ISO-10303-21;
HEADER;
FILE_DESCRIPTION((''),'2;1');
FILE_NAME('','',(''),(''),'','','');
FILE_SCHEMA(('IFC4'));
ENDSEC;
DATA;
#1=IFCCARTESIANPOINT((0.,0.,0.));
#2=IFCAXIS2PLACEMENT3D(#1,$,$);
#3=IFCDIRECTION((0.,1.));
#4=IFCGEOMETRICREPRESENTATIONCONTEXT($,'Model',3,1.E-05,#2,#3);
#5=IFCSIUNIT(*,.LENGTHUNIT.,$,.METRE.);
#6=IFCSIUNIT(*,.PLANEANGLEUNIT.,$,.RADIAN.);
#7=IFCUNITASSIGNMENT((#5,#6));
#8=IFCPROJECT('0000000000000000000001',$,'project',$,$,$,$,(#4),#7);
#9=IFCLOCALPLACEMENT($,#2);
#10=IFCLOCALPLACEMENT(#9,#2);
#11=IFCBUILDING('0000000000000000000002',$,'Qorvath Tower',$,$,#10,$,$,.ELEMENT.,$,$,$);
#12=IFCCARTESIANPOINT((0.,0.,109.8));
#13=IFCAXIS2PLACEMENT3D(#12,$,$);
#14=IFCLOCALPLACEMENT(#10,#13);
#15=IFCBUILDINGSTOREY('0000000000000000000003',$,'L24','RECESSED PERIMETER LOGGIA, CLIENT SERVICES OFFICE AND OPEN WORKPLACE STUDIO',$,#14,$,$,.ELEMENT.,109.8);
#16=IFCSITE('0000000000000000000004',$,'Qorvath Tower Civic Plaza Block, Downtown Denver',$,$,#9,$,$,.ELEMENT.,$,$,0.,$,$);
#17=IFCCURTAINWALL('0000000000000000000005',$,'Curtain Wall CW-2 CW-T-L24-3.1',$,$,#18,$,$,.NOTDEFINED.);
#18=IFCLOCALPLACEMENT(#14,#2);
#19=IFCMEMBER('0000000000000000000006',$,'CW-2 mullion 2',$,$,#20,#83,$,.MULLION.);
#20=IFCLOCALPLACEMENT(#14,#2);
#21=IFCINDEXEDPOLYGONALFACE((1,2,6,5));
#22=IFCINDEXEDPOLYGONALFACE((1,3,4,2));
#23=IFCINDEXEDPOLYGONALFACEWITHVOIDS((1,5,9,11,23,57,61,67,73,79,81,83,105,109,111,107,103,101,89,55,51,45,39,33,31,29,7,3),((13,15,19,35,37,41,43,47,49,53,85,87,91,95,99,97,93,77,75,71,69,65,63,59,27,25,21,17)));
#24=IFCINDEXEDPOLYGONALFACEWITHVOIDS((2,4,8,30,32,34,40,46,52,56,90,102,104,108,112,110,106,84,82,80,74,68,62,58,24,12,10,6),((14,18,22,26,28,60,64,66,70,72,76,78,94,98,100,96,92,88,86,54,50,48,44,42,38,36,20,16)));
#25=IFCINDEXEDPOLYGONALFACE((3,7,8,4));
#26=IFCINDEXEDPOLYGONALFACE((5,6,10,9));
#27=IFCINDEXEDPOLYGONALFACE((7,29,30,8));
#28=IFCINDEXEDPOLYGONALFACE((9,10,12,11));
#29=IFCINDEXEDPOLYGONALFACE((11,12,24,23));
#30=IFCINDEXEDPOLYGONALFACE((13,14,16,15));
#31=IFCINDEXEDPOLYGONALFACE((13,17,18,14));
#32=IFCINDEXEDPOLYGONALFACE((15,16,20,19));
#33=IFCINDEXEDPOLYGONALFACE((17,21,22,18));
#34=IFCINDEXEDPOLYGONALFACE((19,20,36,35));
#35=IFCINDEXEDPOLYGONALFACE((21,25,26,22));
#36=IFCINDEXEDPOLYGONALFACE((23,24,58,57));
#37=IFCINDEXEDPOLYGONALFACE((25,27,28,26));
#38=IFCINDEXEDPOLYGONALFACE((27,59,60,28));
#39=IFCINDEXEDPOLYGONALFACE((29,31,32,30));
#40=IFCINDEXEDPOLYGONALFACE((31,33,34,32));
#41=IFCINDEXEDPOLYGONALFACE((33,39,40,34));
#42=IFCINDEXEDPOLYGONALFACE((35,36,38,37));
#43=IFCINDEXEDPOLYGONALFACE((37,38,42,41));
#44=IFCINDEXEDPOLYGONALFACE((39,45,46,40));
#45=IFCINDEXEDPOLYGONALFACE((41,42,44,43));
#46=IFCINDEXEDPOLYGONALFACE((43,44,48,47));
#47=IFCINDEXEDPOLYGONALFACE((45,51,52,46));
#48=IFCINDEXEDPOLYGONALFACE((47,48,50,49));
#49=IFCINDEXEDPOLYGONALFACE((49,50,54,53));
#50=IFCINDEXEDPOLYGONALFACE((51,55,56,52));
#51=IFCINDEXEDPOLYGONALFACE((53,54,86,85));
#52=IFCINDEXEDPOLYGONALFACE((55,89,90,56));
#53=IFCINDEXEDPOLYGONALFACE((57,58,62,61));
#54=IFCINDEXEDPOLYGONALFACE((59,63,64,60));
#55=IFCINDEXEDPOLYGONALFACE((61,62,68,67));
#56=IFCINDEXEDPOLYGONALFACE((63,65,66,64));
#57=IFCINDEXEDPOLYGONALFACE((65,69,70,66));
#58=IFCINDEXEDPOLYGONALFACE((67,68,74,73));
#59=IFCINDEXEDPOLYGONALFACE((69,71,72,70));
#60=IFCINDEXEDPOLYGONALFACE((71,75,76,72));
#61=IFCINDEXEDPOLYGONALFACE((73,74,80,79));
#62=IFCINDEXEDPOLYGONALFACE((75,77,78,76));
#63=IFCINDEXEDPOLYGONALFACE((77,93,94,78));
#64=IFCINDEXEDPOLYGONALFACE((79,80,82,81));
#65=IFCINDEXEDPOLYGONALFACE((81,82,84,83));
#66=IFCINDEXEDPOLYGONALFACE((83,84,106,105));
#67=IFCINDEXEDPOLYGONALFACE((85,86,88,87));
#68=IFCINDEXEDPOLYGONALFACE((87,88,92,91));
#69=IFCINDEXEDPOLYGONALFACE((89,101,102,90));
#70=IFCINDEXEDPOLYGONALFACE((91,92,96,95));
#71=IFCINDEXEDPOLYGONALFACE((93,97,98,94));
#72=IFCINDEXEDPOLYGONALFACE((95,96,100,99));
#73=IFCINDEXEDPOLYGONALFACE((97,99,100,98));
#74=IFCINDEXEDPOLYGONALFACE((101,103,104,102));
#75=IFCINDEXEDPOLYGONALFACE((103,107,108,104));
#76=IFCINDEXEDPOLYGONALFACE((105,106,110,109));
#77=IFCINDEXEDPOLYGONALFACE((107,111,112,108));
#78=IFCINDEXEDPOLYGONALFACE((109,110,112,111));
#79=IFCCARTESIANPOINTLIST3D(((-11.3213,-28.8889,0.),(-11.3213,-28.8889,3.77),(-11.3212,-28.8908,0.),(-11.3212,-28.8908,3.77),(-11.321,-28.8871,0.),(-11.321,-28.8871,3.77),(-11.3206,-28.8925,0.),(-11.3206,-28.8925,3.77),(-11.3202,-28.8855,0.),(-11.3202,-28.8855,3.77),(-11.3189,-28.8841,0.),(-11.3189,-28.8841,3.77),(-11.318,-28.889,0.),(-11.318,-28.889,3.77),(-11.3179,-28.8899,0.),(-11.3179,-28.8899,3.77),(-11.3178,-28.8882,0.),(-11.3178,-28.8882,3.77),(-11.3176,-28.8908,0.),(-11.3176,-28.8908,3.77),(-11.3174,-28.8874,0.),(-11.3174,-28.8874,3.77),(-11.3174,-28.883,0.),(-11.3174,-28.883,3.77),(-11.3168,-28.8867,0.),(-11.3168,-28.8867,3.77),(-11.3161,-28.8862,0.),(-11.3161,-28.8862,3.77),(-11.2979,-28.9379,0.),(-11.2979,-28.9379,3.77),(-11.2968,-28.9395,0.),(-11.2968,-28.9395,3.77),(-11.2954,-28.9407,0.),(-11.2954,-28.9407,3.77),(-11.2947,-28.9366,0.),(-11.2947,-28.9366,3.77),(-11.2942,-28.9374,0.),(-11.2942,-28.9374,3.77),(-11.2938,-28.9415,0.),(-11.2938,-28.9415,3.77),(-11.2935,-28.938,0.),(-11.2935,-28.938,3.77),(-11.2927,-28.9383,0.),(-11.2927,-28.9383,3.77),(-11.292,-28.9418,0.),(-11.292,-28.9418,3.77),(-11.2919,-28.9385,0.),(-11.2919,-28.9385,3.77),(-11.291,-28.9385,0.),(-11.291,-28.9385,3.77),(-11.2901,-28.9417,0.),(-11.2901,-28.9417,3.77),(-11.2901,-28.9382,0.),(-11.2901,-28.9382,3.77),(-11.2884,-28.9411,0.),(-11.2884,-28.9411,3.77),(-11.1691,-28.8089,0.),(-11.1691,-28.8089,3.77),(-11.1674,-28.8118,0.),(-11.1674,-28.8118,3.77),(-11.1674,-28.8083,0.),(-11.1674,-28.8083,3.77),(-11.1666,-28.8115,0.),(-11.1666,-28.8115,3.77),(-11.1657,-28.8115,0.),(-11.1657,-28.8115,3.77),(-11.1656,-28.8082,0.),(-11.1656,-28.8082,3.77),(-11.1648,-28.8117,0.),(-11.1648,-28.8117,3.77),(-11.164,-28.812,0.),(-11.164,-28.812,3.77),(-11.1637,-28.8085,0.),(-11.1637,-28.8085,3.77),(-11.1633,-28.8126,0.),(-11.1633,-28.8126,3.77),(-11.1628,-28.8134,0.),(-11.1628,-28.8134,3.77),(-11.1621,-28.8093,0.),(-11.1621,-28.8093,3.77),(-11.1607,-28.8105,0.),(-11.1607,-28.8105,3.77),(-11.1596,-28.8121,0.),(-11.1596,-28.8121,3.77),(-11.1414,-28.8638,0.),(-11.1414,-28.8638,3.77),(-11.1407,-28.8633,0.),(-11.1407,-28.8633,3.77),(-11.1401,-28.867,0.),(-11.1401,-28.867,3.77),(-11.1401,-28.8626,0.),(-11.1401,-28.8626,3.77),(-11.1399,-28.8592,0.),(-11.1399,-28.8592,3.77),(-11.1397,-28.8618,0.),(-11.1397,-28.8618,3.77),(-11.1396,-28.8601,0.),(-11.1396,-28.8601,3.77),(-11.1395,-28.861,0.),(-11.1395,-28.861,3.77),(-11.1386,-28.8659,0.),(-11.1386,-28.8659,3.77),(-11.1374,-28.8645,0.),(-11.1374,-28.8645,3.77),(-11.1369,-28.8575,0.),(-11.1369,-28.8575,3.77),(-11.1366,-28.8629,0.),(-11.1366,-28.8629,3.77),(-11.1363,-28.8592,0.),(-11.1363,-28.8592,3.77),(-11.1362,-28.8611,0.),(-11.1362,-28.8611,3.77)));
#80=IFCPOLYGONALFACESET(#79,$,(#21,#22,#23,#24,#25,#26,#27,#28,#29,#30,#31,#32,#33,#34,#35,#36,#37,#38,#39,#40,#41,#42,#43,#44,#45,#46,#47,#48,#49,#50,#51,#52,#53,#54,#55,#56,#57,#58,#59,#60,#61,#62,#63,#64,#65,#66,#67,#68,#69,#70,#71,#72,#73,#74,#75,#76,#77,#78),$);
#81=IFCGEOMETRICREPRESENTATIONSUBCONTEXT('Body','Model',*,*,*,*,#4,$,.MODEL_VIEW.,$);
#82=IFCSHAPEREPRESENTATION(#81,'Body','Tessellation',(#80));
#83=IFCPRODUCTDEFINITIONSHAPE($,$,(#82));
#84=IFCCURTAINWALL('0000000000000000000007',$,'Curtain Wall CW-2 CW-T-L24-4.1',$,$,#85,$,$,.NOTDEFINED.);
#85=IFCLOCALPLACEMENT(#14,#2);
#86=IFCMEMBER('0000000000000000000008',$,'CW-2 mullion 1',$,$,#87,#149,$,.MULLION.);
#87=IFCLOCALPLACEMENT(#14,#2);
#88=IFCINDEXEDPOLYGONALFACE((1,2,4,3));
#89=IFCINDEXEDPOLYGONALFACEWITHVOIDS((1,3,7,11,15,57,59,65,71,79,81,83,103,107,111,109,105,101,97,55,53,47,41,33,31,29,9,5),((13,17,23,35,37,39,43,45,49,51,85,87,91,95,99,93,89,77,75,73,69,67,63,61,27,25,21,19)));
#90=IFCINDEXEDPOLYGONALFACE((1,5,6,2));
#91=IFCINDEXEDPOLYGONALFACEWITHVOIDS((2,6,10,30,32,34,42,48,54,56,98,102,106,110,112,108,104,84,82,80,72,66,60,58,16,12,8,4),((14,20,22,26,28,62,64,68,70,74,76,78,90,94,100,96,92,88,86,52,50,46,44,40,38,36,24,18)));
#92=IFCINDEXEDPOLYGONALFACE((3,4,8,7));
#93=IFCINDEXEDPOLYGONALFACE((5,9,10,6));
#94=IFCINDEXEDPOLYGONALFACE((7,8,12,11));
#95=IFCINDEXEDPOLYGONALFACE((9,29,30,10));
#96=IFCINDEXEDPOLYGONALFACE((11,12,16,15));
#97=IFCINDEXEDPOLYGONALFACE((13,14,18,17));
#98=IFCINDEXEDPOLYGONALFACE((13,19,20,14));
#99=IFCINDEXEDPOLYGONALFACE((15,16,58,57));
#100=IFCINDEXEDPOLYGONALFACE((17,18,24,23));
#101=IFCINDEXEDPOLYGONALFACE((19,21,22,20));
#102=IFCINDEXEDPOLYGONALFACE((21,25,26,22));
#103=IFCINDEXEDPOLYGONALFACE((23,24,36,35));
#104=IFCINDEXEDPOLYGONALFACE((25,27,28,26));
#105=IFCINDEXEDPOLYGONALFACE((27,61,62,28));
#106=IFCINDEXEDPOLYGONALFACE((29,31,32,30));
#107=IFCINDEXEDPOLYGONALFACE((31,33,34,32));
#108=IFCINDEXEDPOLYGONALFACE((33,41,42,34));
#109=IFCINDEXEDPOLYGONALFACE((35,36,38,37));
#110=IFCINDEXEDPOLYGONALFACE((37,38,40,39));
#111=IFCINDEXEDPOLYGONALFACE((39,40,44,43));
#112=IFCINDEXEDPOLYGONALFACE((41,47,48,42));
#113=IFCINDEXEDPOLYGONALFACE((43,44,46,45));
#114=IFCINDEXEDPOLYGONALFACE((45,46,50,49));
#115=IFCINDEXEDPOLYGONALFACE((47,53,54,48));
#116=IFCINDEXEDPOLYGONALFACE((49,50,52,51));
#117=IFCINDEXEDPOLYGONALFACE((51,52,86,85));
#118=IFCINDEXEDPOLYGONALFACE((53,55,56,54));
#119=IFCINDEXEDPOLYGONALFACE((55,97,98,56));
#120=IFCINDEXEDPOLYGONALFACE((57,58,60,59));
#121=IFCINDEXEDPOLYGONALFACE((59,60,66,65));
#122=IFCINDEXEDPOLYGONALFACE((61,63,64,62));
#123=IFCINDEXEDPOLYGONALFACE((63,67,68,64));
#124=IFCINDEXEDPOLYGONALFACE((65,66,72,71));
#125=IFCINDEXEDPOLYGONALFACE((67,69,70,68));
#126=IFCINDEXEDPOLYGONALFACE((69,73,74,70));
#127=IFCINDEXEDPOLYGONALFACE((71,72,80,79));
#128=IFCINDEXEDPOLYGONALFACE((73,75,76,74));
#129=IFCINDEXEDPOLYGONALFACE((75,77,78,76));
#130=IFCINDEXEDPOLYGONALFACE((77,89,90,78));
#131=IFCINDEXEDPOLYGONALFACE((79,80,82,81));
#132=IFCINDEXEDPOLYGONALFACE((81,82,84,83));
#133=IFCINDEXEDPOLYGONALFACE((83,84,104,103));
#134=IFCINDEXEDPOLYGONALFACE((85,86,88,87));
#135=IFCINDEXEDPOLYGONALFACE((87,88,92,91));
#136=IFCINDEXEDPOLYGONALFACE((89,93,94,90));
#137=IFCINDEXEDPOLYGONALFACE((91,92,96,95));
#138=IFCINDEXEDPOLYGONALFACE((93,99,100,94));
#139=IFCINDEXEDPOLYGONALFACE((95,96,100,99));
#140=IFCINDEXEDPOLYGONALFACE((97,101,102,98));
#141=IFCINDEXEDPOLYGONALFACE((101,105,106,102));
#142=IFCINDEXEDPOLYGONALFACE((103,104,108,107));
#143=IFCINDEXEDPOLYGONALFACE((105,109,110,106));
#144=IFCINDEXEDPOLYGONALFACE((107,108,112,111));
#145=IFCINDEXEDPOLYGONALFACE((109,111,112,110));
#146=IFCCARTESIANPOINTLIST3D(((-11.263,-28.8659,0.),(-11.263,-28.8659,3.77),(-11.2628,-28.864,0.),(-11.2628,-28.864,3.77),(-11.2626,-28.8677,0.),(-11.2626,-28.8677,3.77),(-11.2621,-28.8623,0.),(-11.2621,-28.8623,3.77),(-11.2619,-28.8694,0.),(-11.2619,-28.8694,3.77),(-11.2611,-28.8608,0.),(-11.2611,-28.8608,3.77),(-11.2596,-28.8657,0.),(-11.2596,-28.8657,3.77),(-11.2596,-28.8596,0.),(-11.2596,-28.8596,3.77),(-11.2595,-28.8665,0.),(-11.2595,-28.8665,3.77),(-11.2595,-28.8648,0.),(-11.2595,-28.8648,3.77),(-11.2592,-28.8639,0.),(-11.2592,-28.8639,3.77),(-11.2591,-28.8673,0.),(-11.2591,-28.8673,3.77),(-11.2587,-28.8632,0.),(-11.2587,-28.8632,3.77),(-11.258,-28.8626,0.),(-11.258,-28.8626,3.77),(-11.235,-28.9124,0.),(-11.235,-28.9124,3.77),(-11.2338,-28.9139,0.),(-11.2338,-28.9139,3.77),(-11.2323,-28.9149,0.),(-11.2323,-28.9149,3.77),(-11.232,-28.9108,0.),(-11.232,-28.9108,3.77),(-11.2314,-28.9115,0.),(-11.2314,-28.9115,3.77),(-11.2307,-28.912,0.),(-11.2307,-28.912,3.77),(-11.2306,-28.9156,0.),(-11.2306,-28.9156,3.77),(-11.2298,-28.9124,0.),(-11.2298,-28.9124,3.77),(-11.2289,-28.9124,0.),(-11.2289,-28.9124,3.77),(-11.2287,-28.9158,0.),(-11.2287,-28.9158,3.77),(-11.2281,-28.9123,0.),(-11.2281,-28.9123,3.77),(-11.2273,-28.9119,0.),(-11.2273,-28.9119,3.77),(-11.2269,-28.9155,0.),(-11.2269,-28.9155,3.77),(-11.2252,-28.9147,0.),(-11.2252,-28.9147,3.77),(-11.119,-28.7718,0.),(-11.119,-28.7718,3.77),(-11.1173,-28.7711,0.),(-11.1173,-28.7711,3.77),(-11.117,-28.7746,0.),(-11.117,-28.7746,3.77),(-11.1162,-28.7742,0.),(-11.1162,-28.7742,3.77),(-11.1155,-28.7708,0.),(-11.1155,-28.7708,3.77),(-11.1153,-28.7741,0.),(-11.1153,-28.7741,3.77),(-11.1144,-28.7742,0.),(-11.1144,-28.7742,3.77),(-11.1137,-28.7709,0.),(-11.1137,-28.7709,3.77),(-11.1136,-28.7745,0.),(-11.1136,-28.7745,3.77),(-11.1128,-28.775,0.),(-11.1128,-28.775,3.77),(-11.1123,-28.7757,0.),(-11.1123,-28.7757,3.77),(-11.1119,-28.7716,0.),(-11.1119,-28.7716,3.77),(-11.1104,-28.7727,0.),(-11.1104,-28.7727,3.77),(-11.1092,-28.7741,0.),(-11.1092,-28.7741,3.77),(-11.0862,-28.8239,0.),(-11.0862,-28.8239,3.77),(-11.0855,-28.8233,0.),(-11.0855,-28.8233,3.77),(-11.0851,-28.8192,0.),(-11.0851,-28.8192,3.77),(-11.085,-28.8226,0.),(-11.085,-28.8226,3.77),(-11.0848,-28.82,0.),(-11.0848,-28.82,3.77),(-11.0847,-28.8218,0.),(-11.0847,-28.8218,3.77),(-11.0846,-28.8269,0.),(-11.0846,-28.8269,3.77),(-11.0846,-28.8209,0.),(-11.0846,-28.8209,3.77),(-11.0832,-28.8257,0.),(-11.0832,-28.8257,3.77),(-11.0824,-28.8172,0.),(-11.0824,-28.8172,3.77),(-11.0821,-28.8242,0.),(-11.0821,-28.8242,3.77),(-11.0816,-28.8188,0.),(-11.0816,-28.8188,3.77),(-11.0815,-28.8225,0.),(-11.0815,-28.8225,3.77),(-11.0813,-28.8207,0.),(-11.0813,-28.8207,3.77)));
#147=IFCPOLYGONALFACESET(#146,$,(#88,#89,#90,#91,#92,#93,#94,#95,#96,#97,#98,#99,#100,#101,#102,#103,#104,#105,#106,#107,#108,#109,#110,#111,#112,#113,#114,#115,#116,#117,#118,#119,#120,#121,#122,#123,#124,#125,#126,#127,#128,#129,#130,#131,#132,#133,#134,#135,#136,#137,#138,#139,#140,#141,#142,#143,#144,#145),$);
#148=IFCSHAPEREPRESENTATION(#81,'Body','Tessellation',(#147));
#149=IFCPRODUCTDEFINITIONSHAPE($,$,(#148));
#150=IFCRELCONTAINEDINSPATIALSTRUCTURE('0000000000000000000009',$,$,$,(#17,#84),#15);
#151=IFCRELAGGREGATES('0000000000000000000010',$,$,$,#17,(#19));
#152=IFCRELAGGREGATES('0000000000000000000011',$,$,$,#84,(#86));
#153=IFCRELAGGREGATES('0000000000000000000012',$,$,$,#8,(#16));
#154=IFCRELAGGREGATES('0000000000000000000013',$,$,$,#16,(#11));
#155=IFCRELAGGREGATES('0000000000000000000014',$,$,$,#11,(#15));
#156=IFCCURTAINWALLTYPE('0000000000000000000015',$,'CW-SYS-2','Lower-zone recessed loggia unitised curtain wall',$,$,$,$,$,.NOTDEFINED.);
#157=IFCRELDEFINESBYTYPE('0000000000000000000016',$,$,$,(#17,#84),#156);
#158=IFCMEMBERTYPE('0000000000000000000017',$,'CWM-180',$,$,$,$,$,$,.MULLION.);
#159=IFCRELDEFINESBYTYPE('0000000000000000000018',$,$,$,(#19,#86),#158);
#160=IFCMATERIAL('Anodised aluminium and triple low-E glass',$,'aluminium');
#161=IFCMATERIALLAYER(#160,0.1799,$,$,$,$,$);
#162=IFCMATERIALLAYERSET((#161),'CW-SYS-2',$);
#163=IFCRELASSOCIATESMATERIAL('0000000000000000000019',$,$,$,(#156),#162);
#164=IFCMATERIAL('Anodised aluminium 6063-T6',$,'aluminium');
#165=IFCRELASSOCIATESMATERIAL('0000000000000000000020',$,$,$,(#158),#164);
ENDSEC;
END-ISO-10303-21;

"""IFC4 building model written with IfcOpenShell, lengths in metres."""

from ifc_helpers import new_model, si_unit, direction, frame, origin, origin_2d, place, context, subcontext, project, spatial, hollow_rectangle, extrude, material, layer, layer_set, material_profile, profile_set, type_object, element, aggregate, save


model = new_model("IFC4")

# Units and contexts
model_context = context("Model", 3, precision=1e-05, world=origin(), true_north=direction((0.0, 1.0)))
body_context = subcontext(model_context, "Body", "Model", "MODEL_VIEW")
ifc_project = project(units=[si_unit("LENGTHUNIT", "METRE"), si_unit("PLANEANGLEUNIT", "RADIAN")], contexts=[model_context])

# Site, building, storey
site_placement = place(None, origin())
site = spatial("IfcSite", under=ifc_project, at=site_placement, Name="Qorvath Tower Civic Plaza Block, Downtown Denver", CompositionType="ELEMENT", RefElevation=0.0)
building_placement = place(site_placement, origin())
building = spatial("IfcBuilding", under=site, at=building_placement, Name="Qorvath Tower", CompositionType="ELEMENT")
storey_placement = place(building_placement, frame((0.0, 0.0, 109.8)))
storey = spatial("IfcBuildingStorey", under=building, at=storey_placement, Name="L24", Description="RECESSED PERIMETER LOGGIA, CLIENT SERVICES OFFICE AND OPEN WORKPLACE STUDIO", CompositionType="ELEMENT", Elevation=109.8)

# Shared definitions
ifc_material_1 = material(Name="Anodised aluminium and triple low-E glass", Category="aluminium")
ifc_layer_1 = layer(ifc_material_1, 0.1799)
ifc_layer_set_1 = layer_set([ifc_layer_1], Name="CW-SYS-2")
curtain_wall_type = type_object("IfcCurtainWallType", Name="CW-SYS-2", Description="Lower-zone recessed loggia unitised curtain wall", PredefinedType="NOTDEFINED", material=ifc_layer_set_1)
ifc_material_2 = material(Name="Anodised aluminium 6063-T6", Category="aluminium")
ifc_material_profile_1 = material_profile(ifc_material_2, hollow_rectangle(XDim=0.0649, YDim=0.1799, WallThickness=0.0034, InnerFilletRadius=0.0034, OuterFilletRadius=0.0071, at=origin_2d()), Name="CWM 180x65")
ifc_profile_set_1 = profile_set([ifc_material_profile_1], Name="Anodised aluminium 6063-T6")
member_type_1 = type_object("IfcMemberType", Name="CWM-180", PredefinedType="MULLION", material=ifc_profile_set_1)

# Curtain walls, members
curtain_wall_1_placement = place(storey_placement, origin())
curtain_wall_1 = element("IfcCurtainWall", 1, at=curtain_wall_1_placement, inside=storey, type_object=curtain_wall_type, Name="Curtain Wall CW-2 CW-T-L24-3.1", PredefinedType="NOTDEFINED")
member_1_placement = place(storey_placement, frame((-11.2288, -28.875, 0.0), z_axis=(0.0, 0.0, 1.0), x_axis=(-0.447181, 0.894443, 0.0)))
member_1 = element("IfcMember", 2, at=member_1_placement, type_object=member_type_1, Name="CW-2 mullion 2", PredefinedType="MULLION", context=body_context, shape_type="SweptSolid", body=[
    extrude(hollow_rectangle(XDim=0.0649, YDim=0.1799, WallThickness=0.0034, InnerFilletRadius=0.0034, OuterFilletRadius=0.0071, at=origin_2d()), origin(), (0.0, 0.0, 1.0), 3.77),
])
curtain_wall_2_placement = place(storey_placement, origin())
curtain_wall_2 = element("IfcCurtainWall", 3, at=curtain_wall_2_placement, inside=storey, type_object=curtain_wall_type, Name="Curtain Wall CW-2 CW-T-L24-4.1", PredefinedType="NOTDEFINED")
member_2_placement = place(storey_placement, frame((-11.1721, -28.8433, 0.0), z_axis=(0.0, 0.0, 1.0), x_axis=(-0.529549, 0.84828, 0.0)))
member_2 = element("IfcMember", 4, at=member_2_placement, type_object=member_type_1, Name="CW-2 mullion 1", PredefinedType="MULLION", context=body_context, shape_type="SweptSolid", body=[
    extrude(hollow_rectangle(XDim=0.0649, YDim=0.1799, WallThickness=0.0034, InnerFilletRadius=0.0034, OuterFilletRadius=0.0071, at=origin_2d()), origin(), (0.0, 0.0, 1.0), 3.77),
])

aggregate(curtain_wall_1, [member_1])
aggregate(curtain_wall_2, [member_2])

save(model, "model.ifc")
